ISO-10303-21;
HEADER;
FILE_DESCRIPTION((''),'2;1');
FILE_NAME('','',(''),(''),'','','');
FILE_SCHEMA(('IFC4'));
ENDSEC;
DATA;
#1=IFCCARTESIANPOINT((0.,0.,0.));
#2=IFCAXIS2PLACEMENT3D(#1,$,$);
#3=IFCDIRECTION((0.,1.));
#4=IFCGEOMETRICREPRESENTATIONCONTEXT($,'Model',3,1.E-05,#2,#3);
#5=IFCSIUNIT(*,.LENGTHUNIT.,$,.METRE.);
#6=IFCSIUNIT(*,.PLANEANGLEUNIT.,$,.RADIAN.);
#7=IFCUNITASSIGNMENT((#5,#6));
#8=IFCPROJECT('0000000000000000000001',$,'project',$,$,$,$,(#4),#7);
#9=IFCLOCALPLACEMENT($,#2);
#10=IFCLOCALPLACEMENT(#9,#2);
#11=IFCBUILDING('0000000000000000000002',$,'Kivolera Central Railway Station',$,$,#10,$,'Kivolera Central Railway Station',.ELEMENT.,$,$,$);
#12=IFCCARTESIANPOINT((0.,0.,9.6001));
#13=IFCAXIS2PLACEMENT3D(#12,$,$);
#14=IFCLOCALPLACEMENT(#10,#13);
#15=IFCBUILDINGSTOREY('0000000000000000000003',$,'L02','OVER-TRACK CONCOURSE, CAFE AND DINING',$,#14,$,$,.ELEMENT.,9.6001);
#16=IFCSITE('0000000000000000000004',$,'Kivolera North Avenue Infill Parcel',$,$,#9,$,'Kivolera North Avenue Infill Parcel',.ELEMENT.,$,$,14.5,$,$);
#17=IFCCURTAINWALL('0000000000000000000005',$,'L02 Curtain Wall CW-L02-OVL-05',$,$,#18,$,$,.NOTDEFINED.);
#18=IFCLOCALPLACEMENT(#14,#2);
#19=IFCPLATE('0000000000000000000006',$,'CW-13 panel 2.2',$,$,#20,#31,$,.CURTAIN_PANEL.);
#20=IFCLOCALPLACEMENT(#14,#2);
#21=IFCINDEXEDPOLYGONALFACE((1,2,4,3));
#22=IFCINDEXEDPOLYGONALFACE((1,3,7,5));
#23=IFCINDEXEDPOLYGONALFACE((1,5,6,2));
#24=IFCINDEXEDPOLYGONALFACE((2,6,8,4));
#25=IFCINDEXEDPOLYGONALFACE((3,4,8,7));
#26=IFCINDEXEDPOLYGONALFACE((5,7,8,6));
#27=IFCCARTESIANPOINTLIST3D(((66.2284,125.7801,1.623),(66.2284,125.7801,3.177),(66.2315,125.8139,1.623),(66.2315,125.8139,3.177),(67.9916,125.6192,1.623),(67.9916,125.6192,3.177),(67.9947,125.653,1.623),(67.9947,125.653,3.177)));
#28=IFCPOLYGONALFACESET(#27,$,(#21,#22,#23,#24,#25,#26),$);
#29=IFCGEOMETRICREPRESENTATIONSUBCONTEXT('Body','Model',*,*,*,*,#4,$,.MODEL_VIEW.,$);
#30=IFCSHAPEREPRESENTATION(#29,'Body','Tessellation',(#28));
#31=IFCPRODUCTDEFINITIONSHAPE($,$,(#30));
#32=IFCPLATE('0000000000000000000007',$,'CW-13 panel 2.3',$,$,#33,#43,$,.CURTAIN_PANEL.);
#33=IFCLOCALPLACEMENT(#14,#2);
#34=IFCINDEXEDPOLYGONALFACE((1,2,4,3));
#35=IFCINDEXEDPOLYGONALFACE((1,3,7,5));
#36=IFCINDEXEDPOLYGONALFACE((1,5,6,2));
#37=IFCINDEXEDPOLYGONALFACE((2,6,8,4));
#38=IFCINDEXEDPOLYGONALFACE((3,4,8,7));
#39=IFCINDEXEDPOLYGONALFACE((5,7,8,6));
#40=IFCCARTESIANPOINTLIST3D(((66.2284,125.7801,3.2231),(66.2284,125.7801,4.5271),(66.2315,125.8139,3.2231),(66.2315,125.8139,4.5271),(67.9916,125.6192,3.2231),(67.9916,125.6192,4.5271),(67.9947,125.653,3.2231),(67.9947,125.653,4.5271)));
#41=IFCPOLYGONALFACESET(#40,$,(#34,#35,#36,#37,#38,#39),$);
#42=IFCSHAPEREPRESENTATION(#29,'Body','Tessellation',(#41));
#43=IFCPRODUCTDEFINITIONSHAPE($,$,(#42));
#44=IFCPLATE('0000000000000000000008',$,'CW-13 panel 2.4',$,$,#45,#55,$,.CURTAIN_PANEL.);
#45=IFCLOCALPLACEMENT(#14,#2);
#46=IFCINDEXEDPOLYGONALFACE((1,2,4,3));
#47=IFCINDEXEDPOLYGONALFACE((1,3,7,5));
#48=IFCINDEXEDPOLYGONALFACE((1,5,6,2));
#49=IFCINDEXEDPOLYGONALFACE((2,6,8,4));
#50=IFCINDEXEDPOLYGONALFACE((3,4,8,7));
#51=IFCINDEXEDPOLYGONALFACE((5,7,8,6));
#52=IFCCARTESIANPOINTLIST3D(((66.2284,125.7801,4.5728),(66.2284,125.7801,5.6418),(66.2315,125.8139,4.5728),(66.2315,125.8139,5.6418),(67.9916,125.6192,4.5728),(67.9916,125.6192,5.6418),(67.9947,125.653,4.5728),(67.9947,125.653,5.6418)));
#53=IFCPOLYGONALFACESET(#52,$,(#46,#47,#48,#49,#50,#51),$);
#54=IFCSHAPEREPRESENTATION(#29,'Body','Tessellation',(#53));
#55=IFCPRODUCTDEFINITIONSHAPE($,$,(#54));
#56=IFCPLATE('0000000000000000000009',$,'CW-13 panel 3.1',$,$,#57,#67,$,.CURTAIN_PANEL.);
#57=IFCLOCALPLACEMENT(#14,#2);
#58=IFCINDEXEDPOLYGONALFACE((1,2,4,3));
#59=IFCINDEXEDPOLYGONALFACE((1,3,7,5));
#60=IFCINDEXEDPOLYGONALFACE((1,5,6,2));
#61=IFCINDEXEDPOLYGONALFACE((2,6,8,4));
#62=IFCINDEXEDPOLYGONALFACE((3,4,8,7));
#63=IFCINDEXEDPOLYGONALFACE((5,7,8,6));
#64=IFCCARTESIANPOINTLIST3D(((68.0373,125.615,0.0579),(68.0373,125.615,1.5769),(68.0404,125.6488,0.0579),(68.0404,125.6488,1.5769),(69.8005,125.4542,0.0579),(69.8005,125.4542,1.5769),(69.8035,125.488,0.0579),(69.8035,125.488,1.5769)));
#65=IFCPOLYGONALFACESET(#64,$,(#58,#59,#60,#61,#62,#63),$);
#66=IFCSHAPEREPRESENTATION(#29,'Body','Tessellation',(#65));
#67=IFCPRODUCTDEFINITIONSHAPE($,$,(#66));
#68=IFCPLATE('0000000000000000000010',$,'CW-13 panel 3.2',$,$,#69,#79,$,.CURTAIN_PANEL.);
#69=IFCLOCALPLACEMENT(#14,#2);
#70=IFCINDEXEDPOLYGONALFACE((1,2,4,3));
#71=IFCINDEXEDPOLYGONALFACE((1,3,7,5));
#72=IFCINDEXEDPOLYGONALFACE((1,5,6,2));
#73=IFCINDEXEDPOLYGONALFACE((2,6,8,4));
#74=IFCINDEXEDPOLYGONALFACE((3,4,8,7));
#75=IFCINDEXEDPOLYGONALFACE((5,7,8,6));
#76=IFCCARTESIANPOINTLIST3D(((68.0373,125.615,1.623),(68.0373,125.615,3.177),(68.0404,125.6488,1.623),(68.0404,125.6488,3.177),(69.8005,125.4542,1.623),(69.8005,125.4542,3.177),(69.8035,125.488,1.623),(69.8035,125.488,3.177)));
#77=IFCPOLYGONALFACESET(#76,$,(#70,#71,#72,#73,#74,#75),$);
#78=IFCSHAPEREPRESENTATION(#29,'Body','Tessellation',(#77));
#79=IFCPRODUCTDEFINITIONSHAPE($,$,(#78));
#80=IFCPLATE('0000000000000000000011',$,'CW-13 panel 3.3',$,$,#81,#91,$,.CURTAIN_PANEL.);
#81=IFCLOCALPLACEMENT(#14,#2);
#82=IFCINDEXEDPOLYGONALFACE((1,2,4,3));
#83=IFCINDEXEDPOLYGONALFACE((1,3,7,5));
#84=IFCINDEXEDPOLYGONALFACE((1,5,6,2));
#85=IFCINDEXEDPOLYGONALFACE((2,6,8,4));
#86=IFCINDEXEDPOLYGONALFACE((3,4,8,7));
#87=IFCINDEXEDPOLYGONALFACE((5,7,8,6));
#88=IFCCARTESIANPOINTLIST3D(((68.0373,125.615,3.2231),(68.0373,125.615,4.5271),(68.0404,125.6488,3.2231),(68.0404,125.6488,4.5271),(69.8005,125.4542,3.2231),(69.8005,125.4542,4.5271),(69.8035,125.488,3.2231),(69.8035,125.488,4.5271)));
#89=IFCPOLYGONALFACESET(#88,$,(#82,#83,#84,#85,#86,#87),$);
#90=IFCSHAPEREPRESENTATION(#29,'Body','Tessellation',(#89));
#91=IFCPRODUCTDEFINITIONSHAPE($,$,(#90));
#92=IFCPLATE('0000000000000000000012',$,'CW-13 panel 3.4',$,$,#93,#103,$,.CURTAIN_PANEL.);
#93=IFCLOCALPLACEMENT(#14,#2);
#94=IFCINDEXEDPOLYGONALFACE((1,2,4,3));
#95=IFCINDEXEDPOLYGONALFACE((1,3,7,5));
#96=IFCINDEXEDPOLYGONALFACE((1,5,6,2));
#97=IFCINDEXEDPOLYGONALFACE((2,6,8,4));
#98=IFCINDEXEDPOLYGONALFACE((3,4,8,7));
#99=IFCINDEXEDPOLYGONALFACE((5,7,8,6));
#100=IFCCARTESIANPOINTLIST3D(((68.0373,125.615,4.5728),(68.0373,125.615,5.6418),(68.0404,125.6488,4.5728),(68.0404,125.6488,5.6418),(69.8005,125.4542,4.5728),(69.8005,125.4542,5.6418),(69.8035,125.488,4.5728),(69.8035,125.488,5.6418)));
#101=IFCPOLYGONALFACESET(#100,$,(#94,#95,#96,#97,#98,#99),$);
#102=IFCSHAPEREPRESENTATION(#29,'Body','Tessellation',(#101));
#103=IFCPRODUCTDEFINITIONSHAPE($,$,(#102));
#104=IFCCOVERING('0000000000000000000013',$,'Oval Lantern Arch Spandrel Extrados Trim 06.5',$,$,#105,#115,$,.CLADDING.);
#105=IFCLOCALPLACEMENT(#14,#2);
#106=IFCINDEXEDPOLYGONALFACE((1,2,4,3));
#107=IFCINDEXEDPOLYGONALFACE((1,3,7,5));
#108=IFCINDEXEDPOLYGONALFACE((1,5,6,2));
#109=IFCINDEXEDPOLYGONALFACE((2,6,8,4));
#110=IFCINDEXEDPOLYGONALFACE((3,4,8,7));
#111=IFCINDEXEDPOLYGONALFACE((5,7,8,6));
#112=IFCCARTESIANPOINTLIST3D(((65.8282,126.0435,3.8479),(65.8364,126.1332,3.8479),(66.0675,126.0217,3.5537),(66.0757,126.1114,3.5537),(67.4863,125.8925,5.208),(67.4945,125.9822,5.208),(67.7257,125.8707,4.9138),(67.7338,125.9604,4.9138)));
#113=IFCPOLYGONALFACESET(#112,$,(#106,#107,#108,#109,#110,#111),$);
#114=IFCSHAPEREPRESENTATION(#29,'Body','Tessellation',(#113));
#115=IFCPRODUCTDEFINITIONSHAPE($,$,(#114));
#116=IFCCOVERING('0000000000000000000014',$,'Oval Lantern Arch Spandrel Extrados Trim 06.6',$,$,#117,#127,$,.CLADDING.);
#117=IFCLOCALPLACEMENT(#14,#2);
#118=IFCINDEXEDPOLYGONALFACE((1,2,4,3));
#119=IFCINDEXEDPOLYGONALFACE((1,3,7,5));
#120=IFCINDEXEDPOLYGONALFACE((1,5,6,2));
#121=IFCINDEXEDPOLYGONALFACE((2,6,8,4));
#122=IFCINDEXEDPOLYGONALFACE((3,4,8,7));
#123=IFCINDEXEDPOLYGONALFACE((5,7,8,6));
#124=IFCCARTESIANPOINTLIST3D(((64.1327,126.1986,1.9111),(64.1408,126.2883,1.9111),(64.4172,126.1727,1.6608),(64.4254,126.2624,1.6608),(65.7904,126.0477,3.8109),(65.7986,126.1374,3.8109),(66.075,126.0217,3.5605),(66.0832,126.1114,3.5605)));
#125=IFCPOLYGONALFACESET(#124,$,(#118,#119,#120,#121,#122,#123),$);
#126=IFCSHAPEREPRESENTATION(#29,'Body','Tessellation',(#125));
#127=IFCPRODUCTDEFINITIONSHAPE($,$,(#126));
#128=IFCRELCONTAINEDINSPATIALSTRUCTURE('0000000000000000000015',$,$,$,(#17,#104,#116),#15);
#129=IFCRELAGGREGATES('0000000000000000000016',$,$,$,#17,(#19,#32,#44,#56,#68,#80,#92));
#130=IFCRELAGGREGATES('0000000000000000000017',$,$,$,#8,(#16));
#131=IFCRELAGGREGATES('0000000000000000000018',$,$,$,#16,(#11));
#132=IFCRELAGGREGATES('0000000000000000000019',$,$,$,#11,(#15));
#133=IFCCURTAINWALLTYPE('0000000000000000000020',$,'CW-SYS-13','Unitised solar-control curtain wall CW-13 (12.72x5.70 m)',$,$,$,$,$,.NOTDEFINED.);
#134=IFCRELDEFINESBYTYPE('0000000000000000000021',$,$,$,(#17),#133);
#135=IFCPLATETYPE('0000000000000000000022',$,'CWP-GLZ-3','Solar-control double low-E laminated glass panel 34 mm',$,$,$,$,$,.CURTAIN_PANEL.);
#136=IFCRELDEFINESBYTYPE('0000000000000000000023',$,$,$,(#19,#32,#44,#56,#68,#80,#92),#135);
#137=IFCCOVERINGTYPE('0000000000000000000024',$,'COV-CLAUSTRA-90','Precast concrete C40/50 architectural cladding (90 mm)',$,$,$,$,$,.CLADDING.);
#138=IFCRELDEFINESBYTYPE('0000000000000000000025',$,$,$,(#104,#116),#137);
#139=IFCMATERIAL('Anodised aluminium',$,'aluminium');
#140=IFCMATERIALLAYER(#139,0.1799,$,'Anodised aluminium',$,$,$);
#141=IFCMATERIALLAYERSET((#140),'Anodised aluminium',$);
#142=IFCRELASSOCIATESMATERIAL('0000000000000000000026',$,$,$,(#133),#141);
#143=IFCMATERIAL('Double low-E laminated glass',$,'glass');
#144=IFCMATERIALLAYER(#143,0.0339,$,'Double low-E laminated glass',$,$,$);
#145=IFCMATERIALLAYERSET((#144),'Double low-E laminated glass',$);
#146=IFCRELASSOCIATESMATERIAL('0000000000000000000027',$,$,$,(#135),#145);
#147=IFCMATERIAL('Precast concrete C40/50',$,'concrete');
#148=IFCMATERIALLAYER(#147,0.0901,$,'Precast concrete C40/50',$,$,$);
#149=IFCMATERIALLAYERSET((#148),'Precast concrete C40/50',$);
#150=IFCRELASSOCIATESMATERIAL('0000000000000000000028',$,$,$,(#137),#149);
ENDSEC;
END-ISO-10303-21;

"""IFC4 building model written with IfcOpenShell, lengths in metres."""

from ifc_helpers import new_model, si_unit, direction, frame, origin, origin_2d, place, context, subcontext, project, spatial, rectangle, extrude, material, layer, layer_set, type_object, element, aggregate, save


model = new_model("IFC4")

# Units and contexts
model_context = context("Model", 3, precision=1e-05, world=origin(), true_north=direction((0.0, 1.0)))
body_context = subcontext(model_context, "Body", "Model", "MODEL_VIEW")
ifc_project = project(units=[si_unit("LENGTHUNIT", "METRE"), si_unit("PLANEANGLEUNIT", "RADIAN")], contexts=[model_context])

# Site, building, storey
site_placement = place(None, origin())
site = spatial("IfcSite", under=ifc_project, at=site_placement, Name="Kivolera North Avenue Infill Parcel", LongName="Kivolera North Avenue Infill Parcel", CompositionType="ELEMENT", RefElevation=14.5)
building_placement = place(site_placement, origin())
building = spatial("IfcBuilding", under=site, at=building_placement, Name="Kivolera Central Railway Station", LongName="Kivolera Central Railway Station", CompositionType="ELEMENT")
storey_placement = place(building_placement, frame((0.0, 0.0, 9.6001)))
storey = spatial("IfcBuildingStorey", under=building, at=storey_placement, Name="L02", Description="OVER-TRACK CONCOURSE, CAFE AND DINING", CompositionType="ELEMENT", Elevation=9.6001)

# Curtain wall, plates
ifc_material_1 = material(Name="Anodised aluminium", Category="aluminium")
ifc_layer_1 = layer(ifc_material_1, 0.1799, Name="Anodised aluminium")
ifc_layer_set_1 = layer_set([ifc_layer_1], Name="Anodised aluminium")
curtain_wall_type = type_object("IfcCurtainWallType", Name="CW-SYS-13", Description="Unitised solar-control curtain wall CW-13 (12.72x5.70 m)", PredefinedType="NOTDEFINED", material=ifc_layer_set_1)
curtain_wall_placement = place(storey_placement, origin())
curtain_wall = element("IfcCurtainWall", 1, at=curtain_wall_placement, inside=storey, type_object=curtain_wall_type, Name="L02 Curtain Wall CW-L02-OVL-05", PredefinedType="NOTDEFINED")
ifc_material_2 = material(Name="Double low-E laminated glass", Category="glass")
ifc_layer_2 = layer(ifc_material_2, 0.0339, Name="Double low-E laminated glass")
ifc_layer_set_2 = layer_set([ifc_layer_2], Name="Double low-E laminated glass")
plate_type = type_object("IfcPlateType", Name="CWP-GLZ-3", Description="Solar-control double low-E laminated glass panel 34 mm", PredefinedType="CURTAIN_PANEL", material=ifc_layer_set_2)
plate_1_placement = place(storey_placement, frame((67.1116, 125.7166, 1.623), z_axis=(0.0, 0.0, 1.0), x_axis=(0.995866, -0.090834, 0.0)))
plate_1 = element("IfcPlate", 2, at=plate_1_placement, type_object=plate_type, Name="CW-13 panel 2.2", PredefinedType="CURTAIN_PANEL", context=body_context, shape_type="SweptSolid", body=[
    extrude(rectangle(XDim=1.7705, YDim=0.0339, at=origin_2d()), origin(), (0.0, 0.0, 1.0), 1.554),
])
plate_2_placement = place(storey_placement, frame((67.1116, 125.7166, 3.2231), z_axis=(0.0, 0.0, 1.0), x_axis=(0.995866, -0.090834, 0.0)))
plate_2 = element("IfcPlate", 3, at=plate_2_placement, type_object=plate_type, Name="CW-13 panel 2.3", PredefinedType="CURTAIN_PANEL", context=body_context, shape_type="SweptSolid", body=[
    extrude(rectangle(XDim=1.7705, YDim=0.0339, at=origin_2d()), origin(), (0.0, 0.0, 1.0), 1.304),
])
plate_3_placement = place(storey_placement, frame((67.1116, 125.7166, 4.5728), z_axis=(0.0, 0.0, 1.0), x_axis=(0.995866, -0.090834, 0.0)))
plate_3 = element("IfcPlate", 4, at=plate_3_placement, type_object=plate_type, Name="CW-13 panel 2.4", PredefinedType="CURTAIN_PANEL", context=body_context, shape_type="SweptSolid", body=[
    extrude(rectangle(XDim=1.7705, YDim=0.0339, at=origin_2d()), origin(), (0.0, 0.0, 1.0), 1.0691),
])
plate_4_placement = place(storey_placement, frame((68.9204, 125.5515, 0.0579), z_axis=(0.0, 0.0, 1.0), x_axis=(0.995866, -0.090834, 0.0)))
plate_4 = element("IfcPlate", 5, at=plate_4_placement, type_object=plate_type, Name="CW-13 panel 3.1", PredefinedType="CURTAIN_PANEL", context=body_context, shape_type="SweptSolid", body=[
    extrude(rectangle(XDim=1.7705, YDim=0.0339, at=origin_2d()), origin(), (0.0, 0.0, 1.0), 1.519),
])
plate_5_placement = place(storey_placement, frame((68.9204, 125.5515, 1.623), z_axis=(0.0, 0.0, 1.0), x_axis=(0.995866, -0.090834, 0.0)))
plate_5 = element("IfcPlate", 6, at=plate_5_placement, type_object=plate_type, Name="CW-13 panel 3.2", PredefinedType="CURTAIN_PANEL", context=body_context, shape_type="SweptSolid", body=[
    extrude(rectangle(XDim=1.7705, YDim=0.0339, at=origin_2d()), origin(), (0.0, 0.0, 1.0), 1.554),
])
plate_6_placement = place(storey_placement, frame((68.9204, 125.5515, 3.2231), z_axis=(0.0, 0.0, 1.0), x_axis=(0.995866, -0.090834, 0.0)))
plate_6 = element("IfcPlate", 7, at=plate_6_placement, type_object=plate_type, Name="CW-13 panel 3.3", PredefinedType="CURTAIN_PANEL", context=body_context, shape_type="SweptSolid", body=[
    extrude(rectangle(XDim=1.7705, YDim=0.0339, at=origin_2d()), origin(), (0.0, 0.0, 1.0), 1.304),
])
plate_7_placement = place(storey_placement, frame((68.9204, 125.5515, 4.5728), z_axis=(0.0, 0.0, 1.0), x_axis=(0.995866, -0.090834, 0.0)))
plate_7 = element("IfcPlate", 8, at=plate_7_placement, type_object=plate_type, Name="CW-13 panel 3.4", PredefinedType="CURTAIN_PANEL", context=body_context, shape_type="SweptSolid", body=[
    extrude(rectangle(XDim=1.7705, YDim=0.0339, at=origin_2d()), origin(), (0.0, 0.0, 1.0), 1.0691),
])
aggregate(curtain_wall, [plate_1, plate_2, plate_3, plate_4, plate_5, plate_6, plate_7])

# Coverings
ifc_material_3 = material(Name="Precast concrete C40/50", Category="concrete")
ifc_layer_3 = layer(ifc_material_3, 0.0901, Name="Precast concrete C40/50")
ifc_layer_set_3 = layer_set([ifc_layer_3], Name="Precast concrete C40/50")
covering_type = type_object("IfcCoveringType", Name="COV-CLAUSTRA-90", Description="Precast concrete C40/50 architectural cladding (90 mm)", PredefinedType="CLADDING", material=ifc_layer_set_3)
covering_1_placement = place(storey_placement, frame((66.781, 126.002, 4.3809), z_axis=(-0.771257, 0.070241, -0.632636), x_axis=(0.090789, 0.99587, 0.0)))
element("IfcCovering", 9, at=covering_1_placement, inside=storey, type_object=covering_type, Name="Oval Lantern Arch Spandrel Extrados Trim 06.5", PredefinedType="CLADDING", context=body_context, shape_type="SweptSolid", body=[
    extrude(rectangle(XDim=0.0901, YDim=0.3799, at=origin_2d()), frame((0.0, 0.0, -1.075)), (0.0, 0.0, 1.0), 2.1499),
])
covering_2_placement = place(storey_placement, frame((65.1079, 126.155, 2.7358), z_axis=(-0.656318, 0.059773, -0.752113), x_axis=(0.090789, 0.99587, 0.0)))
element("IfcCovering", 10, at=covering_2_placement, inside=storey, type_object=covering_type, Name="Oval Lantern Arch Spandrel Extrados Trim 06.6", PredefinedType="CLADDING", context=body_context, shape_type="SweptSolid", body=[
    extrude(rectangle(XDim=0.0901, YDim=0.3799, at=origin_2d()), frame((0.0, 0.0, -1.2629)), (0.0, 0.0, 1.0), 2.5259),
])

save(model, "model.ifc")
